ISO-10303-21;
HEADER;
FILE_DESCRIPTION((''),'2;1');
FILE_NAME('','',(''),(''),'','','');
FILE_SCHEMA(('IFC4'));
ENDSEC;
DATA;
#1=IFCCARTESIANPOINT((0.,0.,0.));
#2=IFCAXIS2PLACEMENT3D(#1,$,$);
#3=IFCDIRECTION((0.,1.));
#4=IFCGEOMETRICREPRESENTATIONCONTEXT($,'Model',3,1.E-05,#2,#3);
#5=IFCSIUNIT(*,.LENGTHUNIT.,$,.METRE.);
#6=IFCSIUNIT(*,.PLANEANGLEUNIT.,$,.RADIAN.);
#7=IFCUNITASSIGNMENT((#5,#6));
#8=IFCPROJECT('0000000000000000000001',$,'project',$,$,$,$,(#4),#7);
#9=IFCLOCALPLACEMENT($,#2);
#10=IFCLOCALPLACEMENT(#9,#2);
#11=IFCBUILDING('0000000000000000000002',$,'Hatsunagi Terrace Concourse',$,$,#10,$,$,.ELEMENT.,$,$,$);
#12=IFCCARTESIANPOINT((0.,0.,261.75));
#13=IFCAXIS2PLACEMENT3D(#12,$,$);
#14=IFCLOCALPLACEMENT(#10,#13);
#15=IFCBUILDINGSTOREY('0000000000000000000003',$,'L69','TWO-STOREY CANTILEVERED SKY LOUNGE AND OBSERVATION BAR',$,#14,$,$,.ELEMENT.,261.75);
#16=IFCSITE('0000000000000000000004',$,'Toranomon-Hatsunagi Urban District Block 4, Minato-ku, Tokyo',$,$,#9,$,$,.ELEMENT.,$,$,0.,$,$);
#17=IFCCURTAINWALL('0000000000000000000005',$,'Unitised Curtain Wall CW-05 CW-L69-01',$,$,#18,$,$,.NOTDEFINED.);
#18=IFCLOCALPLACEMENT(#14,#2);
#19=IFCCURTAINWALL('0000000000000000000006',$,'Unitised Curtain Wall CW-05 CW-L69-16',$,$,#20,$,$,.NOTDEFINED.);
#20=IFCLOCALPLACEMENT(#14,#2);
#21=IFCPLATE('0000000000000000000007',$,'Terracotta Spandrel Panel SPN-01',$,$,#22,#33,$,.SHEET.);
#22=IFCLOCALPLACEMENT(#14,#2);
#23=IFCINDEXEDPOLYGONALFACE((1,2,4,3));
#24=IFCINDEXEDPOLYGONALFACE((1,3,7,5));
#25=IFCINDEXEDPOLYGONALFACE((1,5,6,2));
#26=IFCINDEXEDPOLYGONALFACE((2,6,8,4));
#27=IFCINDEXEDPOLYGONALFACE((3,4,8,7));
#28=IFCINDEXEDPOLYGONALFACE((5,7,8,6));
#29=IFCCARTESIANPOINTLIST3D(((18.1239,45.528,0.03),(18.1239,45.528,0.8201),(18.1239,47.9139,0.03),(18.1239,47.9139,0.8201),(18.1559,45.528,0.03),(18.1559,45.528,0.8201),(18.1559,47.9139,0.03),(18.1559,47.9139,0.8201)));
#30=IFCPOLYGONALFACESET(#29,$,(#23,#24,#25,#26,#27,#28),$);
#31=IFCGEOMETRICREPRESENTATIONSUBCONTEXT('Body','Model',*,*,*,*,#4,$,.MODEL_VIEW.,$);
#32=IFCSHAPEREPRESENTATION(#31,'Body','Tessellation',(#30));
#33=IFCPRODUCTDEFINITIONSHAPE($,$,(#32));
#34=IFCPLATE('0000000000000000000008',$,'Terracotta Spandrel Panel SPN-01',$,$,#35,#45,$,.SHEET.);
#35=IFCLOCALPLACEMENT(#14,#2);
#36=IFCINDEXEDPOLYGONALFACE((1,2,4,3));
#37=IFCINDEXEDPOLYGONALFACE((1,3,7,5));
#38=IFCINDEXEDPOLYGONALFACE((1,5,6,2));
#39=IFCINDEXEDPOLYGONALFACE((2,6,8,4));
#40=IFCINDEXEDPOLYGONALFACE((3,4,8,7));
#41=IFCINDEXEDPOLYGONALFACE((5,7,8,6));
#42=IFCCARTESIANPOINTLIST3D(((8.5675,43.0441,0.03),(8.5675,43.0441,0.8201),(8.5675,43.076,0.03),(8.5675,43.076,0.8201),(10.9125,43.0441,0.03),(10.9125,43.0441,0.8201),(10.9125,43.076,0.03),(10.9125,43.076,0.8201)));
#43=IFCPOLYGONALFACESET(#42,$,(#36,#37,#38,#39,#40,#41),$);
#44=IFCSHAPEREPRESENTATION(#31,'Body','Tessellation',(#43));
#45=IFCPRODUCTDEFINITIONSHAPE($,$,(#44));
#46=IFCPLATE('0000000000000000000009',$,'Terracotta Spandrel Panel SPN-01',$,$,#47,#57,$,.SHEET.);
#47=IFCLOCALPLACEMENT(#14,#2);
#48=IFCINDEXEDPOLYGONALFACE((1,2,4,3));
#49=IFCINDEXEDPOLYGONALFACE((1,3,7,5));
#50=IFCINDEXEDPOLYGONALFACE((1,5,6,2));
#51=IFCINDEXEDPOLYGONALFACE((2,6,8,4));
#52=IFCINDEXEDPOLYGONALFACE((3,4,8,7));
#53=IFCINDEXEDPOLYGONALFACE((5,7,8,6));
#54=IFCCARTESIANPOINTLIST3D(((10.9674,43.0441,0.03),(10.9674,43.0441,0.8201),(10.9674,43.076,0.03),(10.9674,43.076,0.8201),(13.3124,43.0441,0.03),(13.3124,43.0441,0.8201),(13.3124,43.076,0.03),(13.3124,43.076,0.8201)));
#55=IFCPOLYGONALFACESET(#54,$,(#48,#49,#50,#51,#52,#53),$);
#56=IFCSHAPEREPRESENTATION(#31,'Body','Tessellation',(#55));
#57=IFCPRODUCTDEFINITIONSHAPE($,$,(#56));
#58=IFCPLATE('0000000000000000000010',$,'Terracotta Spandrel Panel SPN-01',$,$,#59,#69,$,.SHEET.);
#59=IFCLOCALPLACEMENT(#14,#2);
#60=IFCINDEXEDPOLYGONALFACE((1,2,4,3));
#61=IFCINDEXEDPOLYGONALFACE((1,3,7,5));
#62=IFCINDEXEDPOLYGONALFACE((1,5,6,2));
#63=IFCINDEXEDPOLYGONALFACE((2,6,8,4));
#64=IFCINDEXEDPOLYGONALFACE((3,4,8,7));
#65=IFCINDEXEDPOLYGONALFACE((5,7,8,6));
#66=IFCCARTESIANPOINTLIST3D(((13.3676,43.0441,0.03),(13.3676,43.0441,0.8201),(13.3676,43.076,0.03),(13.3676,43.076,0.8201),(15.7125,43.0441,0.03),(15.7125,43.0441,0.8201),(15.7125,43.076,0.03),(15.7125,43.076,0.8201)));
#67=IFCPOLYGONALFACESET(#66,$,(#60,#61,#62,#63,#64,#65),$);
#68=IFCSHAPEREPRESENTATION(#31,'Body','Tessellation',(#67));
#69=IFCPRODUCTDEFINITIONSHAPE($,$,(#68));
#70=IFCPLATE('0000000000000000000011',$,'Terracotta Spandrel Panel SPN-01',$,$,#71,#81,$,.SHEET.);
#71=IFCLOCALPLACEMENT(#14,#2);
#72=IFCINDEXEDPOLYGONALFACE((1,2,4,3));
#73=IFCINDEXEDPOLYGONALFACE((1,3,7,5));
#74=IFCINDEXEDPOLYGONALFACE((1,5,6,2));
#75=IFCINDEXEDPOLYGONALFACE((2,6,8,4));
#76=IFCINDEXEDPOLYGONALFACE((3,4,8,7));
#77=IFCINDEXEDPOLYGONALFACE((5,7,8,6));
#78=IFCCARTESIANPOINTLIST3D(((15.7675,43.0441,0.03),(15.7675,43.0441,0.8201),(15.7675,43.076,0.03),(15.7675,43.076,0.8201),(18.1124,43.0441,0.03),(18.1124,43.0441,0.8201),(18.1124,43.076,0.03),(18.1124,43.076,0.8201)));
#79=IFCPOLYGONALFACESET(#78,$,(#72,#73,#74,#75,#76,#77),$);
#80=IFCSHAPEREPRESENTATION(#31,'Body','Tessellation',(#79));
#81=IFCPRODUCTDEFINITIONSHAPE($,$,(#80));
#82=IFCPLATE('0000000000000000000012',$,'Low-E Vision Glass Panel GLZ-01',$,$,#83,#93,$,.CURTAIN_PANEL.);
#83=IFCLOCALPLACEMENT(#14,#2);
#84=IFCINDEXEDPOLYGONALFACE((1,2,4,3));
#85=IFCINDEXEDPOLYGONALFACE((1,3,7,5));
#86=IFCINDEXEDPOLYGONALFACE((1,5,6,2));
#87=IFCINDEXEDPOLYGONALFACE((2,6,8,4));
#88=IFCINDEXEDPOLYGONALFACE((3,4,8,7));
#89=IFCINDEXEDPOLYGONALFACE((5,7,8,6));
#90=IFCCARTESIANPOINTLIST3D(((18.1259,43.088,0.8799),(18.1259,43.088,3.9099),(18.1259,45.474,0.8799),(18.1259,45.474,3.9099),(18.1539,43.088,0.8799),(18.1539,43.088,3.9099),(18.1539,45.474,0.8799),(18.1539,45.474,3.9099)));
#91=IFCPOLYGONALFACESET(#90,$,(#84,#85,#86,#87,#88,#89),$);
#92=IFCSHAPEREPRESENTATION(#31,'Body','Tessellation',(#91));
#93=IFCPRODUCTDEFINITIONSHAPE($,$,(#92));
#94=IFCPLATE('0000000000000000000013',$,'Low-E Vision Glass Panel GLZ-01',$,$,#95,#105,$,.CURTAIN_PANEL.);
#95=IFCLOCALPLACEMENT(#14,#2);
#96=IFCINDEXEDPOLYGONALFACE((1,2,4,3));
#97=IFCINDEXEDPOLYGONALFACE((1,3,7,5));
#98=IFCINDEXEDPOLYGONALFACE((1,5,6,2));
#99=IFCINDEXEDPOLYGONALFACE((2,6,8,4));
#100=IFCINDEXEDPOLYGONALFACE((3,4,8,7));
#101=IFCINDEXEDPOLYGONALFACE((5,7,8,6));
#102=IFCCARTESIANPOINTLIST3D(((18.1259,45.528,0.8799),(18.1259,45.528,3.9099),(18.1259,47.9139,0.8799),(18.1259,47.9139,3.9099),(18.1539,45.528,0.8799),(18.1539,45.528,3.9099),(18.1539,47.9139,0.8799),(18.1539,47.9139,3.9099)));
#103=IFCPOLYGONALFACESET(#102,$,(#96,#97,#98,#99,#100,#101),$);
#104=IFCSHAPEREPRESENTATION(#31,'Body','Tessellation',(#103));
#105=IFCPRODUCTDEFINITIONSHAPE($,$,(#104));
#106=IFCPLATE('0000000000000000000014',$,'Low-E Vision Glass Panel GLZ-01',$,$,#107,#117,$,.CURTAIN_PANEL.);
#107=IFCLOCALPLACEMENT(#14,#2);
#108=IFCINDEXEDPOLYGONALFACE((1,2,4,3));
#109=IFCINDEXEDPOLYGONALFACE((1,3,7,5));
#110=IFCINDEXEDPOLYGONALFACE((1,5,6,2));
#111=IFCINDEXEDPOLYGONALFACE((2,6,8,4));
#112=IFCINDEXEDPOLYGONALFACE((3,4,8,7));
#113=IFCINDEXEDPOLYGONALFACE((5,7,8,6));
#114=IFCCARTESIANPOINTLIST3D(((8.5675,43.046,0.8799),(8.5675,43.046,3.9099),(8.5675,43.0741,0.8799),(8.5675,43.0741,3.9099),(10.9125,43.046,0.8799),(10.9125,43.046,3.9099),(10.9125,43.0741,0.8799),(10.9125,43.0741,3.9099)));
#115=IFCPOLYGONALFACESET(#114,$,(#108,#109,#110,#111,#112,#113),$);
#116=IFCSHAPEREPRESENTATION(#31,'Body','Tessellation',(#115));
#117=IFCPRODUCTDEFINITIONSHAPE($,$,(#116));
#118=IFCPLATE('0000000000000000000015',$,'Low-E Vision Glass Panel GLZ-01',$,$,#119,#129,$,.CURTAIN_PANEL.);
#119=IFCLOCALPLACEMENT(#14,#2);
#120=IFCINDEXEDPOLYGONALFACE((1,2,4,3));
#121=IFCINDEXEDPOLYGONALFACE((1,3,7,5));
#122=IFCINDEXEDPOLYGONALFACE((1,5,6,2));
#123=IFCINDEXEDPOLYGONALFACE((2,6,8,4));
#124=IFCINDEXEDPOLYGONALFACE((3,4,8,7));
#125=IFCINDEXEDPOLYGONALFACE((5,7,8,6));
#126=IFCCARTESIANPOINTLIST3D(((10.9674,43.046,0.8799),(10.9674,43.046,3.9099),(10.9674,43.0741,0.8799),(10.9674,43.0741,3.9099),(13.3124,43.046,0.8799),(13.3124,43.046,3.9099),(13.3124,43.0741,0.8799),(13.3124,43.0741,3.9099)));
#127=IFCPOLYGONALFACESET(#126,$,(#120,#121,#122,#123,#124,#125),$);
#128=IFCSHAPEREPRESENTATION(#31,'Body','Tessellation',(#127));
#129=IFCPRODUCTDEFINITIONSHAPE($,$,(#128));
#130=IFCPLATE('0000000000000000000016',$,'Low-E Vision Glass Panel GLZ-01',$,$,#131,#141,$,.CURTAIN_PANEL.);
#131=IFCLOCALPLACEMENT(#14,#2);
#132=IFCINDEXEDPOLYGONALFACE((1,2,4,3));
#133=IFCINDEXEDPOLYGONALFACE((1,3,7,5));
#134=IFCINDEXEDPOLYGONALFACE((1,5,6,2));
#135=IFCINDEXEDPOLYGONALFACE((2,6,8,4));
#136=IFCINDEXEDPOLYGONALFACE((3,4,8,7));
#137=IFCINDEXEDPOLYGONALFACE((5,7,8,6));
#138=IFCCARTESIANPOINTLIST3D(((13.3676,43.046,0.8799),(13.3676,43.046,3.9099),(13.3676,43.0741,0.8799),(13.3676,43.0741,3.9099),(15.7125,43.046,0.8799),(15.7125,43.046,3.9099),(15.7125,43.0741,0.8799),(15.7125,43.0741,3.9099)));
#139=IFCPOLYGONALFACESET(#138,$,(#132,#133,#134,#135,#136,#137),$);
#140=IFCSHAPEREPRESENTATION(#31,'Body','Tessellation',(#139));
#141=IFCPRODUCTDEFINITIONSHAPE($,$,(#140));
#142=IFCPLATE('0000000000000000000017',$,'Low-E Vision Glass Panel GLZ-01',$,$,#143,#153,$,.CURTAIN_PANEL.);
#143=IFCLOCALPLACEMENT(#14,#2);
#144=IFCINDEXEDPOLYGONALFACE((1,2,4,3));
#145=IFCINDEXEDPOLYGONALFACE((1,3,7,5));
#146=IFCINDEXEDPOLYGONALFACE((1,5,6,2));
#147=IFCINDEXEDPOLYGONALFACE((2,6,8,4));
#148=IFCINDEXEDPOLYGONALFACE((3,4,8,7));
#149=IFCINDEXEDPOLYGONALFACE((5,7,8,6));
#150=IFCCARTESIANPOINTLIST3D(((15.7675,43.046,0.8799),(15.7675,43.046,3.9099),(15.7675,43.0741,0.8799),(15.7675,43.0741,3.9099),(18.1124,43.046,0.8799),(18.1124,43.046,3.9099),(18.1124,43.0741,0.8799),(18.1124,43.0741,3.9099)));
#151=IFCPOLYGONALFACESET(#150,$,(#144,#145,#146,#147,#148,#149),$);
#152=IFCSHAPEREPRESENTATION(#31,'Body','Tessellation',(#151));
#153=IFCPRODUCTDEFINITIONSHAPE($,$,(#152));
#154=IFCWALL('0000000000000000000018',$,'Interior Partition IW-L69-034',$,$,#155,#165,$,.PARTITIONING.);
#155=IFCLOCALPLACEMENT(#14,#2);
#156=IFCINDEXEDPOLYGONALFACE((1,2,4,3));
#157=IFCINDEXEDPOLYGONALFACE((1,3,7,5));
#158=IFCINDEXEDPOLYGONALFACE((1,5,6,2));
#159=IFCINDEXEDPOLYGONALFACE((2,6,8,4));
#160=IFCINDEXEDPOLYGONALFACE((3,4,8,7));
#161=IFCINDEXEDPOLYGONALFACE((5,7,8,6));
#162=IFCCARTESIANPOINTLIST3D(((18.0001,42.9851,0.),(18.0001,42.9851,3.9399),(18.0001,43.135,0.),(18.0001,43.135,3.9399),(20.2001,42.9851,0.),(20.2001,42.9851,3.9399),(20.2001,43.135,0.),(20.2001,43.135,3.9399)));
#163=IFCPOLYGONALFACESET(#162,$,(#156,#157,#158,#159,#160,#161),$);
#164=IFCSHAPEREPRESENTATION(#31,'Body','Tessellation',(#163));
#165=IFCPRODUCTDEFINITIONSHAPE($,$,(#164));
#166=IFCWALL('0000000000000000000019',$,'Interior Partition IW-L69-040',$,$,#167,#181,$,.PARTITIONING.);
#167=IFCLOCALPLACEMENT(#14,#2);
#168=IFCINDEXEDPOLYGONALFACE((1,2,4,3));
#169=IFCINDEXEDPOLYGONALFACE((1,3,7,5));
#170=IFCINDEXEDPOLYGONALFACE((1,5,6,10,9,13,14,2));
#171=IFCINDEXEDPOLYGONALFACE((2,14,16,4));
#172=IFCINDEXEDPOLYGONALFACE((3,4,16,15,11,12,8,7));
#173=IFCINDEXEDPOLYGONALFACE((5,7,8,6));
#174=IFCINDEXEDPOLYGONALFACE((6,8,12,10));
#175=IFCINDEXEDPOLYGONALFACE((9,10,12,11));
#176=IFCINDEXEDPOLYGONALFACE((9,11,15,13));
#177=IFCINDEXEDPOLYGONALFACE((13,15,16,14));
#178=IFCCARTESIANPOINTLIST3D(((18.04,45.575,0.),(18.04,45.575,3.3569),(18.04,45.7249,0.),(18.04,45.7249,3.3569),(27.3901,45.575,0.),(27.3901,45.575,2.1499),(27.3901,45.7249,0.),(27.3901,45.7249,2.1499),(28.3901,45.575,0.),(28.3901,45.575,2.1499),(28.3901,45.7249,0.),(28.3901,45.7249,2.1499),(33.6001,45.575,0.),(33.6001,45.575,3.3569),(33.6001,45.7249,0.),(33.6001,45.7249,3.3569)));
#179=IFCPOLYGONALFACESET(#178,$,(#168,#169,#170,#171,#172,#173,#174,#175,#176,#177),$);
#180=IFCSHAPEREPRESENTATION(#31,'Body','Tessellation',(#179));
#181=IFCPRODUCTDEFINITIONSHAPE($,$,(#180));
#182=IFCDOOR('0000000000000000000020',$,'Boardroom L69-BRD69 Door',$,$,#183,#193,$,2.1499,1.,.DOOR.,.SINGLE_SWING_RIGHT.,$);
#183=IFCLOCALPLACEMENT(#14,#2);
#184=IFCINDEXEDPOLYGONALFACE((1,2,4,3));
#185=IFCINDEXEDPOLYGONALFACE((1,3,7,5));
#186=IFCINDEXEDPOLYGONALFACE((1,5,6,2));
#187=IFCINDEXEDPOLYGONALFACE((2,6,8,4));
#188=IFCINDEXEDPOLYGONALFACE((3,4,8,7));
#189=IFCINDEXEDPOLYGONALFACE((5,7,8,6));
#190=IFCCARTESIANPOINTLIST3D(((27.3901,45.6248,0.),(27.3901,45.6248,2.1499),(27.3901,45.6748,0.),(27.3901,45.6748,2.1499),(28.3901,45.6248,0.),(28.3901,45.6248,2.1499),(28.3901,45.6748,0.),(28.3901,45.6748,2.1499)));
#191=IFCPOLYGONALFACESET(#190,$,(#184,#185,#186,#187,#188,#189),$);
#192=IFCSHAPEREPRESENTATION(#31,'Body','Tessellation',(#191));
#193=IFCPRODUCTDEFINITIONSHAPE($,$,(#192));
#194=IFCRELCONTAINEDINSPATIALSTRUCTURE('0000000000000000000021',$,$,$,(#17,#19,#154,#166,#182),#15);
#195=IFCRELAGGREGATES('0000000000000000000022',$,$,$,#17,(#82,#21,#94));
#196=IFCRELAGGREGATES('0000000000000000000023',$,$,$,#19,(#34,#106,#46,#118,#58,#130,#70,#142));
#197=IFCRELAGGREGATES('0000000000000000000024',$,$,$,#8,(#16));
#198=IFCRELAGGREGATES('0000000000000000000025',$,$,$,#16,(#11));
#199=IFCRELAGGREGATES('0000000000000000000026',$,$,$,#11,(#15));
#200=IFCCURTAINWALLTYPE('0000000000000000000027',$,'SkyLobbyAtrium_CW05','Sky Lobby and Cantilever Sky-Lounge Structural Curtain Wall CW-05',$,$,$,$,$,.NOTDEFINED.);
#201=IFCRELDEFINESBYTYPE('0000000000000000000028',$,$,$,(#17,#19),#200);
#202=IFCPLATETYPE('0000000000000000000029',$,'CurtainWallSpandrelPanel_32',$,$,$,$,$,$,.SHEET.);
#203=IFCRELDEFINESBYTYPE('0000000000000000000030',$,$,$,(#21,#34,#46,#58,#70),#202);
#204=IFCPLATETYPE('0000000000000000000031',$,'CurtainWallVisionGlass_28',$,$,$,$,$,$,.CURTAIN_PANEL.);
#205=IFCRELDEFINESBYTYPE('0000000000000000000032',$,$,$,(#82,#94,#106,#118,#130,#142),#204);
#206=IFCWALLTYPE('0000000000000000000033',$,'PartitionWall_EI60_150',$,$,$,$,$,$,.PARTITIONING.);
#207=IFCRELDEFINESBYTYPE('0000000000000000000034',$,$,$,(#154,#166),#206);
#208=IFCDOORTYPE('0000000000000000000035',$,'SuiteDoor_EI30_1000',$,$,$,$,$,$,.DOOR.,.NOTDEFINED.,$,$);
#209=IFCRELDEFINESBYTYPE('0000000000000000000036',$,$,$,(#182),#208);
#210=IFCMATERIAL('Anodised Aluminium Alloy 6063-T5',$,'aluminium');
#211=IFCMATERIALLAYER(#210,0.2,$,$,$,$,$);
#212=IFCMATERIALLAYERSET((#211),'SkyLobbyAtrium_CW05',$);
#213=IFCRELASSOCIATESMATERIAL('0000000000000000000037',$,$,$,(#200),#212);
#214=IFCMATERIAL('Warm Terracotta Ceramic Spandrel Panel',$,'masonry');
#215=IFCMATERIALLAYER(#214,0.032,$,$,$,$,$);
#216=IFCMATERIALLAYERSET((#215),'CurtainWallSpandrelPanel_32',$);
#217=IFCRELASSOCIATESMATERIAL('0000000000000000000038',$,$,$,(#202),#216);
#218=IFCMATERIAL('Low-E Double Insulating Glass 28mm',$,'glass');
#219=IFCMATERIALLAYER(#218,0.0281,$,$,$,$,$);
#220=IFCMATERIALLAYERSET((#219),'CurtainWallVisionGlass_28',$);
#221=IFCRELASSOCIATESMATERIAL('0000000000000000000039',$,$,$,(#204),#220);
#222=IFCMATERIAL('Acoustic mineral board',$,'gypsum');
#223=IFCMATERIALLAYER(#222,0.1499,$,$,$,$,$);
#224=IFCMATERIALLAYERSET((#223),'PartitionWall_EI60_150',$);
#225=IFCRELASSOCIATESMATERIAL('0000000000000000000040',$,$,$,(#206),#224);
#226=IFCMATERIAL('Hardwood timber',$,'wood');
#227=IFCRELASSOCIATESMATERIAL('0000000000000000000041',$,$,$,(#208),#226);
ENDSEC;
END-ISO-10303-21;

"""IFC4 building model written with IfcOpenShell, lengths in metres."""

from ifc_helpers import new_model, si_unit, direction, frame, frame_2d, origin, origin_2d, place, context, subcontext, project, spatial, rectangle, extrude, material, layer, layer_set, type_object, element, fill, aggregate, save


model = new_model("IFC4")

# Units and contexts
model_context = context("Model", 3, precision=1e-05, world=origin(), true_north=direction((0.0, 1.0)))
body_context = subcontext(model_context, "Body", "Model", "MODEL_VIEW")
ifc_project = project(units=[si_unit("LENGTHUNIT", "METRE"), si_unit("PLANEANGLEUNIT", "RADIAN")], contexts=[model_context])

# Site, building, storey
site_placement = place(None, origin())
site = spatial("IfcSite", under=ifc_project, at=site_placement, Name="Toranomon-Hatsunagi Urban District Block 4, Minato-ku, Tokyo", CompositionType="ELEMENT", RefElevation=0.0)
building_placement = place(site_placement, origin())
building = spatial("IfcBuilding", under=site, at=building_placement, Name="Hatsunagi Terrace Concourse", CompositionType="ELEMENT")
storey_placement = place(building_placement, frame((0.0, 0.0, 261.75)))
storey = spatial("IfcBuildingStorey", under=building, at=storey_placement, Name="L69", Description="TWO-STOREY CANTILEVERED SKY LOUNGE AND OBSERVATION BAR", CompositionType="ELEMENT", Elevation=261.75)

# Curtain walls
ifc_material_1 = material(Name="Anodised Aluminium Alloy 6063-T5", Category="aluminium")
ifc_layer_1 = layer(ifc_material_1, 0.2)
ifc_layer_set_1 = layer_set([ifc_layer_1], Name="SkyLobbyAtrium_CW05")
curtain_wall_type = type_object("IfcCurtainWallType", Name="SkyLobbyAtrium_CW05", Description="Sky Lobby and Cantilever Sky-Lounge Structural Curtain Wall CW-05", PredefinedType="NOTDEFINED", material=ifc_layer_set_1)
curtain_wall_1_placement = place(storey_placement, origin())
curtain_wall_1 = element("IfcCurtainWall", 1, at=curtain_wall_1_placement, inside=storey, type_object=curtain_wall_type, Name="Unitised Curtain Wall CW-05 CW-L69-01", PredefinedType="NOTDEFINED")
curtain_wall_2_placement = place(storey_placement, origin())
curtain_wall_2 = element("IfcCurtainWall", 2, at=curtain_wall_2_placement, inside=storey, type_object=curtain_wall_type, Name="Unitised Curtain Wall CW-05 CW-L69-16", PredefinedType="NOTDEFINED")

# Plates
ifc_material_2 = material(Name="Warm Terracotta Ceramic Spandrel Panel", Category="masonry")
ifc_layer_2 = layer(ifc_material_2, 0.032)
ifc_layer_set_2 = layer_set([ifc_layer_2], Name="CurtainWallSpandrelPanel_32")
plate_type_1 = type_object("IfcPlateType", Name="CurtainWallSpandrelPanel_32", PredefinedType="SHEET", material=ifc_layer_set_2)
plate_1_placement = place(storey_placement, frame((18.1399, 46.7209, 0.03), z_axis=(0.0, 0.0, 1.0), x_axis=(0.0, 1.0, 0.0)))
plate_1 = element("IfcPlate", 3, at=plate_1_placement, type_object=plate_type_1, Name="Terracotta Spandrel Panel SPN-01", PredefinedType="SHEET", context=body_context, shape_type="SweptSolid", body=[
    extrude(rectangle(XDim=2.386, YDim=0.032, at=origin_2d()), origin(), (0.0, 0.0, 1.0), 0.79),
])
plate_2_placement = place(storey_placement, frame((9.74, 43.0601, 0.03), z_axis=(0.0, 0.0, 1.0), x_axis=(1.0, 0.0, 0.0)))
plate_2 = element("IfcPlate", 4, at=plate_2_placement, type_object=plate_type_1, Name="Terracotta Spandrel Panel SPN-01", PredefinedType="SHEET", context=body_context, shape_type="SweptSolid", body=[
    extrude(rectangle(XDim=2.345, YDim=0.032, at=origin_2d()), origin(), (0.0, 0.0, 1.0), 0.79),
])
plate_3_placement = place(storey_placement, frame((12.1399, 43.0601, 0.03), z_axis=(0.0, 0.0, 1.0), x_axis=(1.0, 0.0, 0.0)))
plate_3 = element("IfcPlate", 5, at=plate_3_placement, type_object=plate_type_1, Name="Terracotta Spandrel Panel SPN-01", PredefinedType="SHEET", context=body_context, shape_type="SweptSolid", body=[
    extrude(rectangle(XDim=2.345, YDim=0.032, at=origin_2d()), origin(), (0.0, 0.0, 1.0), 0.79),
])
plate_4_placement = place(storey_placement, frame((14.54, 43.0601, 0.03), z_axis=(0.0, 0.0, 1.0), x_axis=(1.0, 0.0, 0.0)))
plate_4 = element("IfcPlate", 6, at=plate_4_placement, type_object=plate_type_1, Name="Terracotta Spandrel Panel SPN-01", PredefinedType="SHEET", context=body_context, shape_type="SweptSolid", body=[
    extrude(rectangle(XDim=2.345, YDim=0.032, at=origin_2d()), origin(), (0.0, 0.0, 1.0), 0.79),
])
plate_5_placement = place(storey_placement, frame((16.9399, 43.0601, 0.03), z_axis=(0.0, 0.0, 1.0), x_axis=(1.0, 0.0, 0.0)))
plate_5 = element("IfcPlate", 7, at=plate_5_placement, type_object=plate_type_1, Name="Terracotta Spandrel Panel SPN-01", PredefinedType="SHEET", context=body_context, shape_type="SweptSolid", body=[
    extrude(rectangle(XDim=2.345, YDim=0.032, at=origin_2d()), origin(), (0.0, 0.0, 1.0), 0.79),
])
ifc_material_3 = material(Name="Low-E Double Insulating Glass 28mm", Category="glass")
ifc_layer_3 = layer(ifc_material_3, 0.0281)
ifc_layer_set_3 = layer_set([ifc_layer_3], Name="CurtainWallVisionGlass_28")
plate_type_2 = type_object("IfcPlateType", Name="CurtainWallVisionGlass_28", PredefinedType="CURTAIN_PANEL", material=ifc_layer_set_3)
plate_6_placement = place(storey_placement, frame((18.1399, 44.281, 0.8799), z_axis=(0.0, 0.0, 1.0), x_axis=(0.0, 1.0, 0.0)))
plate_6 = element("IfcPlate", 8, at=plate_6_placement, type_object=plate_type_2, Name="Low-E Vision Glass Panel GLZ-01", PredefinedType="CURTAIN_PANEL", context=body_context, shape_type="SweptSolid", body=[
    extrude(rectangle(XDim=2.386, YDim=0.0281, at=origin_2d()), origin(), (0.0, 0.0, 1.0), 3.03),
])
plate_7_placement = place(storey_placement, frame((18.1399, 46.7209, 0.8799), z_axis=(0.0, 0.0, 1.0), x_axis=(0.0, 1.0, 0.0)))
plate_7 = element("IfcPlate", 9, at=plate_7_placement, type_object=plate_type_2, Name="Low-E Vision Glass Panel GLZ-01", PredefinedType="CURTAIN_PANEL", context=body_context, shape_type="SweptSolid", body=[
    extrude(rectangle(XDim=2.386, YDim=0.0281, at=origin_2d()), origin(), (0.0, 0.0, 1.0), 3.03),
])
aggregate(curtain_wall_1, [plate_6, plate_1, plate_7])
plate_8_placement = place(storey_placement, frame((9.74, 43.0601, 0.8799), z_axis=(0.0, 0.0, 1.0), x_axis=(1.0, 0.0, 0.0)))
plate_8 = element("IfcPlate", 10, at=plate_8_placement, type_object=plate_type_2, Name="Low-E Vision Glass Panel GLZ-01", PredefinedType="CURTAIN_PANEL", context=body_context, shape_type="SweptSolid", body=[
    extrude(rectangle(XDim=2.345, YDim=0.0281, at=origin_2d()), origin(), (0.0, 0.0, 1.0), 3.03),
])
plate_9_placement = place(storey_placement, frame((12.1399, 43.0601, 0.8799), z_axis=(0.0, 0.0, 1.0), x_axis=(1.0, 0.0, 0.0)))
plate_9 = element("IfcPlate", 11, at=plate_9_placement, type_object=plate_type_2, Name="Low-E Vision Glass Panel GLZ-01", PredefinedType="CURTAIN_PANEL", context=body_context, shape_type="SweptSolid", body=[
    extrude(rectangle(XDim=2.345, YDim=0.0281, at=origin_2d()), origin(), (0.0, 0.0, 1.0), 3.03),
])
plate_10_placement = place(storey_placement, frame((14.54, 43.0601, 0.8799), z_axis=(0.0, 0.0, 1.0), x_axis=(1.0, 0.0, 0.0)))
plate_10 = element("IfcPlate", 12, at=plate_10_placement, type_object=plate_type_2, Name="Low-E Vision Glass Panel GLZ-01", PredefinedType="CURTAIN_PANEL", context=body_context, shape_type="SweptSolid", body=[
    extrude(rectangle(XDim=2.345, YDim=0.0281, at=origin_2d()), origin(), (0.0, 0.0, 1.0), 3.03),
])
plate_11_placement = place(storey_placement, frame((16.9399, 43.0601, 0.8799), z_axis=(0.0, 0.0, 1.0), x_axis=(1.0, 0.0, 0.0)))
plate_11 = element("IfcPlate", 13, at=plate_11_placement, type_object=plate_type_2, Name="Low-E Vision Glass Panel GLZ-01", PredefinedType="CURTAIN_PANEL", context=body_context, shape_type="SweptSolid", body=[
    extrude(rectangle(XDim=2.345, YDim=0.0281, at=origin_2d()), origin(), (0.0, 0.0, 1.0), 3.03),
])
aggregate(curtain_wall_2, [plate_2, plate_8, plate_3, plate_9, plate_4, plate_10, plate_5, plate_11])

# Wall
ifc_material_4 = material(Name="Acoustic mineral board", Category="gypsum")
ifc_layer_4 = layer(ifc_material_4, 0.1499)
ifc_layer_set_4 = layer_set([ifc_layer_4], Name="PartitionWall_EI60_150")
wall_type_1 = type_object("IfcWallType", Name="PartitionWall_EI60_150", PredefinedType="PARTITIONING", material=ifc_layer_set_4)
wall_1_placement = place(storey_placement, frame((18.0, 43.0601, 0.0), z_axis=(0.0, 0.0, 1.0), x_axis=(1.0, 0.0, 0.0)))
element("IfcWall", 14, at=wall_1_placement, inside=storey, type_object=wall_type_1, Name="Interior Partition IW-L69-034", PredefinedType="PARTITIONING", context=body_context, shape_type="SweptSolid", body=[
    extrude(rectangle(XDim=2.2, YDim=0.1499, at=frame_2d((1.1001, 0.0))), origin(), (0.0, 0.0, 1.0), 3.9399),
])

# Wall, opening, door
wall_2_placement = place(storey_placement, frame((18.04, 45.6499, 0.0), z_axis=(0.0, 0.0, 1.0), x_axis=(1.0, 0.0, 0.0)))
wall_2 = element("IfcWall", 15, at=wall_2_placement, inside=storey, type_object=wall_type_1, Name="Interior Partition IW-L69-040", PredefinedType="PARTITIONING", context=body_context, shape_type="SweptSolid", body=[
    extrude(rectangle(XDim=15.5601, YDim=0.1499, at=frame_2d((7.78, 0.0))), origin(), (0.0, 0.0, 1.0), 3.3569),
])
opening_placement = place(wall_2_placement, frame((9.3501, 0.0, 0.0)))
opening = element("IfcOpeningElement", 16, at=opening_placement, cuts=wall_2, PredefinedType="OPENING", context=body_context, shape_type="SweptSolid", body=[
    extrude(rectangle(XDim=1.0, YDim=2.1499, at=frame_2d((0.5, 1.075))), frame((0.0, 0.085, 0.0), z_axis=(0.0, -1.0, 0.0), x_axis=(1.0, 0.0, 0.0)), (0.0, 0.0, 1.0), 0.1699),
])
ifc_material_5 = material(Name="Hardwood timber", Category="wood")
door_type = type_object("IfcDoorType", Name="SuiteDoor_EI30_1000", OperationType="NOTDEFINED", PredefinedType="DOOR", material=ifc_material_5)
door_placement = place(opening_placement, origin())
door = element("IfcDoor", 17, at=door_placement, inside=storey, type_object=door_type, Name="Boardroom L69-BRD69 Door", OperationType="SINGLE_SWING_RIGHT", OverallHeight=2.1499, OverallWidth=1.0, PredefinedType="DOOR", context=body_context, shape_type="SweptSolid", body=[
    extrude(rectangle(XDim=1.0, YDim=2.1499, at=frame_2d((0.5, 1.075))), frame((0.0, 0.0249, 0.0), z_axis=(0.0, -1.0, 0.0), x_axis=(1.0, 0.0, 0.0)), (0.0, 0.0, 1.0), 0.05),
])
fill(opening, door)

save(model, "model.ifc")
